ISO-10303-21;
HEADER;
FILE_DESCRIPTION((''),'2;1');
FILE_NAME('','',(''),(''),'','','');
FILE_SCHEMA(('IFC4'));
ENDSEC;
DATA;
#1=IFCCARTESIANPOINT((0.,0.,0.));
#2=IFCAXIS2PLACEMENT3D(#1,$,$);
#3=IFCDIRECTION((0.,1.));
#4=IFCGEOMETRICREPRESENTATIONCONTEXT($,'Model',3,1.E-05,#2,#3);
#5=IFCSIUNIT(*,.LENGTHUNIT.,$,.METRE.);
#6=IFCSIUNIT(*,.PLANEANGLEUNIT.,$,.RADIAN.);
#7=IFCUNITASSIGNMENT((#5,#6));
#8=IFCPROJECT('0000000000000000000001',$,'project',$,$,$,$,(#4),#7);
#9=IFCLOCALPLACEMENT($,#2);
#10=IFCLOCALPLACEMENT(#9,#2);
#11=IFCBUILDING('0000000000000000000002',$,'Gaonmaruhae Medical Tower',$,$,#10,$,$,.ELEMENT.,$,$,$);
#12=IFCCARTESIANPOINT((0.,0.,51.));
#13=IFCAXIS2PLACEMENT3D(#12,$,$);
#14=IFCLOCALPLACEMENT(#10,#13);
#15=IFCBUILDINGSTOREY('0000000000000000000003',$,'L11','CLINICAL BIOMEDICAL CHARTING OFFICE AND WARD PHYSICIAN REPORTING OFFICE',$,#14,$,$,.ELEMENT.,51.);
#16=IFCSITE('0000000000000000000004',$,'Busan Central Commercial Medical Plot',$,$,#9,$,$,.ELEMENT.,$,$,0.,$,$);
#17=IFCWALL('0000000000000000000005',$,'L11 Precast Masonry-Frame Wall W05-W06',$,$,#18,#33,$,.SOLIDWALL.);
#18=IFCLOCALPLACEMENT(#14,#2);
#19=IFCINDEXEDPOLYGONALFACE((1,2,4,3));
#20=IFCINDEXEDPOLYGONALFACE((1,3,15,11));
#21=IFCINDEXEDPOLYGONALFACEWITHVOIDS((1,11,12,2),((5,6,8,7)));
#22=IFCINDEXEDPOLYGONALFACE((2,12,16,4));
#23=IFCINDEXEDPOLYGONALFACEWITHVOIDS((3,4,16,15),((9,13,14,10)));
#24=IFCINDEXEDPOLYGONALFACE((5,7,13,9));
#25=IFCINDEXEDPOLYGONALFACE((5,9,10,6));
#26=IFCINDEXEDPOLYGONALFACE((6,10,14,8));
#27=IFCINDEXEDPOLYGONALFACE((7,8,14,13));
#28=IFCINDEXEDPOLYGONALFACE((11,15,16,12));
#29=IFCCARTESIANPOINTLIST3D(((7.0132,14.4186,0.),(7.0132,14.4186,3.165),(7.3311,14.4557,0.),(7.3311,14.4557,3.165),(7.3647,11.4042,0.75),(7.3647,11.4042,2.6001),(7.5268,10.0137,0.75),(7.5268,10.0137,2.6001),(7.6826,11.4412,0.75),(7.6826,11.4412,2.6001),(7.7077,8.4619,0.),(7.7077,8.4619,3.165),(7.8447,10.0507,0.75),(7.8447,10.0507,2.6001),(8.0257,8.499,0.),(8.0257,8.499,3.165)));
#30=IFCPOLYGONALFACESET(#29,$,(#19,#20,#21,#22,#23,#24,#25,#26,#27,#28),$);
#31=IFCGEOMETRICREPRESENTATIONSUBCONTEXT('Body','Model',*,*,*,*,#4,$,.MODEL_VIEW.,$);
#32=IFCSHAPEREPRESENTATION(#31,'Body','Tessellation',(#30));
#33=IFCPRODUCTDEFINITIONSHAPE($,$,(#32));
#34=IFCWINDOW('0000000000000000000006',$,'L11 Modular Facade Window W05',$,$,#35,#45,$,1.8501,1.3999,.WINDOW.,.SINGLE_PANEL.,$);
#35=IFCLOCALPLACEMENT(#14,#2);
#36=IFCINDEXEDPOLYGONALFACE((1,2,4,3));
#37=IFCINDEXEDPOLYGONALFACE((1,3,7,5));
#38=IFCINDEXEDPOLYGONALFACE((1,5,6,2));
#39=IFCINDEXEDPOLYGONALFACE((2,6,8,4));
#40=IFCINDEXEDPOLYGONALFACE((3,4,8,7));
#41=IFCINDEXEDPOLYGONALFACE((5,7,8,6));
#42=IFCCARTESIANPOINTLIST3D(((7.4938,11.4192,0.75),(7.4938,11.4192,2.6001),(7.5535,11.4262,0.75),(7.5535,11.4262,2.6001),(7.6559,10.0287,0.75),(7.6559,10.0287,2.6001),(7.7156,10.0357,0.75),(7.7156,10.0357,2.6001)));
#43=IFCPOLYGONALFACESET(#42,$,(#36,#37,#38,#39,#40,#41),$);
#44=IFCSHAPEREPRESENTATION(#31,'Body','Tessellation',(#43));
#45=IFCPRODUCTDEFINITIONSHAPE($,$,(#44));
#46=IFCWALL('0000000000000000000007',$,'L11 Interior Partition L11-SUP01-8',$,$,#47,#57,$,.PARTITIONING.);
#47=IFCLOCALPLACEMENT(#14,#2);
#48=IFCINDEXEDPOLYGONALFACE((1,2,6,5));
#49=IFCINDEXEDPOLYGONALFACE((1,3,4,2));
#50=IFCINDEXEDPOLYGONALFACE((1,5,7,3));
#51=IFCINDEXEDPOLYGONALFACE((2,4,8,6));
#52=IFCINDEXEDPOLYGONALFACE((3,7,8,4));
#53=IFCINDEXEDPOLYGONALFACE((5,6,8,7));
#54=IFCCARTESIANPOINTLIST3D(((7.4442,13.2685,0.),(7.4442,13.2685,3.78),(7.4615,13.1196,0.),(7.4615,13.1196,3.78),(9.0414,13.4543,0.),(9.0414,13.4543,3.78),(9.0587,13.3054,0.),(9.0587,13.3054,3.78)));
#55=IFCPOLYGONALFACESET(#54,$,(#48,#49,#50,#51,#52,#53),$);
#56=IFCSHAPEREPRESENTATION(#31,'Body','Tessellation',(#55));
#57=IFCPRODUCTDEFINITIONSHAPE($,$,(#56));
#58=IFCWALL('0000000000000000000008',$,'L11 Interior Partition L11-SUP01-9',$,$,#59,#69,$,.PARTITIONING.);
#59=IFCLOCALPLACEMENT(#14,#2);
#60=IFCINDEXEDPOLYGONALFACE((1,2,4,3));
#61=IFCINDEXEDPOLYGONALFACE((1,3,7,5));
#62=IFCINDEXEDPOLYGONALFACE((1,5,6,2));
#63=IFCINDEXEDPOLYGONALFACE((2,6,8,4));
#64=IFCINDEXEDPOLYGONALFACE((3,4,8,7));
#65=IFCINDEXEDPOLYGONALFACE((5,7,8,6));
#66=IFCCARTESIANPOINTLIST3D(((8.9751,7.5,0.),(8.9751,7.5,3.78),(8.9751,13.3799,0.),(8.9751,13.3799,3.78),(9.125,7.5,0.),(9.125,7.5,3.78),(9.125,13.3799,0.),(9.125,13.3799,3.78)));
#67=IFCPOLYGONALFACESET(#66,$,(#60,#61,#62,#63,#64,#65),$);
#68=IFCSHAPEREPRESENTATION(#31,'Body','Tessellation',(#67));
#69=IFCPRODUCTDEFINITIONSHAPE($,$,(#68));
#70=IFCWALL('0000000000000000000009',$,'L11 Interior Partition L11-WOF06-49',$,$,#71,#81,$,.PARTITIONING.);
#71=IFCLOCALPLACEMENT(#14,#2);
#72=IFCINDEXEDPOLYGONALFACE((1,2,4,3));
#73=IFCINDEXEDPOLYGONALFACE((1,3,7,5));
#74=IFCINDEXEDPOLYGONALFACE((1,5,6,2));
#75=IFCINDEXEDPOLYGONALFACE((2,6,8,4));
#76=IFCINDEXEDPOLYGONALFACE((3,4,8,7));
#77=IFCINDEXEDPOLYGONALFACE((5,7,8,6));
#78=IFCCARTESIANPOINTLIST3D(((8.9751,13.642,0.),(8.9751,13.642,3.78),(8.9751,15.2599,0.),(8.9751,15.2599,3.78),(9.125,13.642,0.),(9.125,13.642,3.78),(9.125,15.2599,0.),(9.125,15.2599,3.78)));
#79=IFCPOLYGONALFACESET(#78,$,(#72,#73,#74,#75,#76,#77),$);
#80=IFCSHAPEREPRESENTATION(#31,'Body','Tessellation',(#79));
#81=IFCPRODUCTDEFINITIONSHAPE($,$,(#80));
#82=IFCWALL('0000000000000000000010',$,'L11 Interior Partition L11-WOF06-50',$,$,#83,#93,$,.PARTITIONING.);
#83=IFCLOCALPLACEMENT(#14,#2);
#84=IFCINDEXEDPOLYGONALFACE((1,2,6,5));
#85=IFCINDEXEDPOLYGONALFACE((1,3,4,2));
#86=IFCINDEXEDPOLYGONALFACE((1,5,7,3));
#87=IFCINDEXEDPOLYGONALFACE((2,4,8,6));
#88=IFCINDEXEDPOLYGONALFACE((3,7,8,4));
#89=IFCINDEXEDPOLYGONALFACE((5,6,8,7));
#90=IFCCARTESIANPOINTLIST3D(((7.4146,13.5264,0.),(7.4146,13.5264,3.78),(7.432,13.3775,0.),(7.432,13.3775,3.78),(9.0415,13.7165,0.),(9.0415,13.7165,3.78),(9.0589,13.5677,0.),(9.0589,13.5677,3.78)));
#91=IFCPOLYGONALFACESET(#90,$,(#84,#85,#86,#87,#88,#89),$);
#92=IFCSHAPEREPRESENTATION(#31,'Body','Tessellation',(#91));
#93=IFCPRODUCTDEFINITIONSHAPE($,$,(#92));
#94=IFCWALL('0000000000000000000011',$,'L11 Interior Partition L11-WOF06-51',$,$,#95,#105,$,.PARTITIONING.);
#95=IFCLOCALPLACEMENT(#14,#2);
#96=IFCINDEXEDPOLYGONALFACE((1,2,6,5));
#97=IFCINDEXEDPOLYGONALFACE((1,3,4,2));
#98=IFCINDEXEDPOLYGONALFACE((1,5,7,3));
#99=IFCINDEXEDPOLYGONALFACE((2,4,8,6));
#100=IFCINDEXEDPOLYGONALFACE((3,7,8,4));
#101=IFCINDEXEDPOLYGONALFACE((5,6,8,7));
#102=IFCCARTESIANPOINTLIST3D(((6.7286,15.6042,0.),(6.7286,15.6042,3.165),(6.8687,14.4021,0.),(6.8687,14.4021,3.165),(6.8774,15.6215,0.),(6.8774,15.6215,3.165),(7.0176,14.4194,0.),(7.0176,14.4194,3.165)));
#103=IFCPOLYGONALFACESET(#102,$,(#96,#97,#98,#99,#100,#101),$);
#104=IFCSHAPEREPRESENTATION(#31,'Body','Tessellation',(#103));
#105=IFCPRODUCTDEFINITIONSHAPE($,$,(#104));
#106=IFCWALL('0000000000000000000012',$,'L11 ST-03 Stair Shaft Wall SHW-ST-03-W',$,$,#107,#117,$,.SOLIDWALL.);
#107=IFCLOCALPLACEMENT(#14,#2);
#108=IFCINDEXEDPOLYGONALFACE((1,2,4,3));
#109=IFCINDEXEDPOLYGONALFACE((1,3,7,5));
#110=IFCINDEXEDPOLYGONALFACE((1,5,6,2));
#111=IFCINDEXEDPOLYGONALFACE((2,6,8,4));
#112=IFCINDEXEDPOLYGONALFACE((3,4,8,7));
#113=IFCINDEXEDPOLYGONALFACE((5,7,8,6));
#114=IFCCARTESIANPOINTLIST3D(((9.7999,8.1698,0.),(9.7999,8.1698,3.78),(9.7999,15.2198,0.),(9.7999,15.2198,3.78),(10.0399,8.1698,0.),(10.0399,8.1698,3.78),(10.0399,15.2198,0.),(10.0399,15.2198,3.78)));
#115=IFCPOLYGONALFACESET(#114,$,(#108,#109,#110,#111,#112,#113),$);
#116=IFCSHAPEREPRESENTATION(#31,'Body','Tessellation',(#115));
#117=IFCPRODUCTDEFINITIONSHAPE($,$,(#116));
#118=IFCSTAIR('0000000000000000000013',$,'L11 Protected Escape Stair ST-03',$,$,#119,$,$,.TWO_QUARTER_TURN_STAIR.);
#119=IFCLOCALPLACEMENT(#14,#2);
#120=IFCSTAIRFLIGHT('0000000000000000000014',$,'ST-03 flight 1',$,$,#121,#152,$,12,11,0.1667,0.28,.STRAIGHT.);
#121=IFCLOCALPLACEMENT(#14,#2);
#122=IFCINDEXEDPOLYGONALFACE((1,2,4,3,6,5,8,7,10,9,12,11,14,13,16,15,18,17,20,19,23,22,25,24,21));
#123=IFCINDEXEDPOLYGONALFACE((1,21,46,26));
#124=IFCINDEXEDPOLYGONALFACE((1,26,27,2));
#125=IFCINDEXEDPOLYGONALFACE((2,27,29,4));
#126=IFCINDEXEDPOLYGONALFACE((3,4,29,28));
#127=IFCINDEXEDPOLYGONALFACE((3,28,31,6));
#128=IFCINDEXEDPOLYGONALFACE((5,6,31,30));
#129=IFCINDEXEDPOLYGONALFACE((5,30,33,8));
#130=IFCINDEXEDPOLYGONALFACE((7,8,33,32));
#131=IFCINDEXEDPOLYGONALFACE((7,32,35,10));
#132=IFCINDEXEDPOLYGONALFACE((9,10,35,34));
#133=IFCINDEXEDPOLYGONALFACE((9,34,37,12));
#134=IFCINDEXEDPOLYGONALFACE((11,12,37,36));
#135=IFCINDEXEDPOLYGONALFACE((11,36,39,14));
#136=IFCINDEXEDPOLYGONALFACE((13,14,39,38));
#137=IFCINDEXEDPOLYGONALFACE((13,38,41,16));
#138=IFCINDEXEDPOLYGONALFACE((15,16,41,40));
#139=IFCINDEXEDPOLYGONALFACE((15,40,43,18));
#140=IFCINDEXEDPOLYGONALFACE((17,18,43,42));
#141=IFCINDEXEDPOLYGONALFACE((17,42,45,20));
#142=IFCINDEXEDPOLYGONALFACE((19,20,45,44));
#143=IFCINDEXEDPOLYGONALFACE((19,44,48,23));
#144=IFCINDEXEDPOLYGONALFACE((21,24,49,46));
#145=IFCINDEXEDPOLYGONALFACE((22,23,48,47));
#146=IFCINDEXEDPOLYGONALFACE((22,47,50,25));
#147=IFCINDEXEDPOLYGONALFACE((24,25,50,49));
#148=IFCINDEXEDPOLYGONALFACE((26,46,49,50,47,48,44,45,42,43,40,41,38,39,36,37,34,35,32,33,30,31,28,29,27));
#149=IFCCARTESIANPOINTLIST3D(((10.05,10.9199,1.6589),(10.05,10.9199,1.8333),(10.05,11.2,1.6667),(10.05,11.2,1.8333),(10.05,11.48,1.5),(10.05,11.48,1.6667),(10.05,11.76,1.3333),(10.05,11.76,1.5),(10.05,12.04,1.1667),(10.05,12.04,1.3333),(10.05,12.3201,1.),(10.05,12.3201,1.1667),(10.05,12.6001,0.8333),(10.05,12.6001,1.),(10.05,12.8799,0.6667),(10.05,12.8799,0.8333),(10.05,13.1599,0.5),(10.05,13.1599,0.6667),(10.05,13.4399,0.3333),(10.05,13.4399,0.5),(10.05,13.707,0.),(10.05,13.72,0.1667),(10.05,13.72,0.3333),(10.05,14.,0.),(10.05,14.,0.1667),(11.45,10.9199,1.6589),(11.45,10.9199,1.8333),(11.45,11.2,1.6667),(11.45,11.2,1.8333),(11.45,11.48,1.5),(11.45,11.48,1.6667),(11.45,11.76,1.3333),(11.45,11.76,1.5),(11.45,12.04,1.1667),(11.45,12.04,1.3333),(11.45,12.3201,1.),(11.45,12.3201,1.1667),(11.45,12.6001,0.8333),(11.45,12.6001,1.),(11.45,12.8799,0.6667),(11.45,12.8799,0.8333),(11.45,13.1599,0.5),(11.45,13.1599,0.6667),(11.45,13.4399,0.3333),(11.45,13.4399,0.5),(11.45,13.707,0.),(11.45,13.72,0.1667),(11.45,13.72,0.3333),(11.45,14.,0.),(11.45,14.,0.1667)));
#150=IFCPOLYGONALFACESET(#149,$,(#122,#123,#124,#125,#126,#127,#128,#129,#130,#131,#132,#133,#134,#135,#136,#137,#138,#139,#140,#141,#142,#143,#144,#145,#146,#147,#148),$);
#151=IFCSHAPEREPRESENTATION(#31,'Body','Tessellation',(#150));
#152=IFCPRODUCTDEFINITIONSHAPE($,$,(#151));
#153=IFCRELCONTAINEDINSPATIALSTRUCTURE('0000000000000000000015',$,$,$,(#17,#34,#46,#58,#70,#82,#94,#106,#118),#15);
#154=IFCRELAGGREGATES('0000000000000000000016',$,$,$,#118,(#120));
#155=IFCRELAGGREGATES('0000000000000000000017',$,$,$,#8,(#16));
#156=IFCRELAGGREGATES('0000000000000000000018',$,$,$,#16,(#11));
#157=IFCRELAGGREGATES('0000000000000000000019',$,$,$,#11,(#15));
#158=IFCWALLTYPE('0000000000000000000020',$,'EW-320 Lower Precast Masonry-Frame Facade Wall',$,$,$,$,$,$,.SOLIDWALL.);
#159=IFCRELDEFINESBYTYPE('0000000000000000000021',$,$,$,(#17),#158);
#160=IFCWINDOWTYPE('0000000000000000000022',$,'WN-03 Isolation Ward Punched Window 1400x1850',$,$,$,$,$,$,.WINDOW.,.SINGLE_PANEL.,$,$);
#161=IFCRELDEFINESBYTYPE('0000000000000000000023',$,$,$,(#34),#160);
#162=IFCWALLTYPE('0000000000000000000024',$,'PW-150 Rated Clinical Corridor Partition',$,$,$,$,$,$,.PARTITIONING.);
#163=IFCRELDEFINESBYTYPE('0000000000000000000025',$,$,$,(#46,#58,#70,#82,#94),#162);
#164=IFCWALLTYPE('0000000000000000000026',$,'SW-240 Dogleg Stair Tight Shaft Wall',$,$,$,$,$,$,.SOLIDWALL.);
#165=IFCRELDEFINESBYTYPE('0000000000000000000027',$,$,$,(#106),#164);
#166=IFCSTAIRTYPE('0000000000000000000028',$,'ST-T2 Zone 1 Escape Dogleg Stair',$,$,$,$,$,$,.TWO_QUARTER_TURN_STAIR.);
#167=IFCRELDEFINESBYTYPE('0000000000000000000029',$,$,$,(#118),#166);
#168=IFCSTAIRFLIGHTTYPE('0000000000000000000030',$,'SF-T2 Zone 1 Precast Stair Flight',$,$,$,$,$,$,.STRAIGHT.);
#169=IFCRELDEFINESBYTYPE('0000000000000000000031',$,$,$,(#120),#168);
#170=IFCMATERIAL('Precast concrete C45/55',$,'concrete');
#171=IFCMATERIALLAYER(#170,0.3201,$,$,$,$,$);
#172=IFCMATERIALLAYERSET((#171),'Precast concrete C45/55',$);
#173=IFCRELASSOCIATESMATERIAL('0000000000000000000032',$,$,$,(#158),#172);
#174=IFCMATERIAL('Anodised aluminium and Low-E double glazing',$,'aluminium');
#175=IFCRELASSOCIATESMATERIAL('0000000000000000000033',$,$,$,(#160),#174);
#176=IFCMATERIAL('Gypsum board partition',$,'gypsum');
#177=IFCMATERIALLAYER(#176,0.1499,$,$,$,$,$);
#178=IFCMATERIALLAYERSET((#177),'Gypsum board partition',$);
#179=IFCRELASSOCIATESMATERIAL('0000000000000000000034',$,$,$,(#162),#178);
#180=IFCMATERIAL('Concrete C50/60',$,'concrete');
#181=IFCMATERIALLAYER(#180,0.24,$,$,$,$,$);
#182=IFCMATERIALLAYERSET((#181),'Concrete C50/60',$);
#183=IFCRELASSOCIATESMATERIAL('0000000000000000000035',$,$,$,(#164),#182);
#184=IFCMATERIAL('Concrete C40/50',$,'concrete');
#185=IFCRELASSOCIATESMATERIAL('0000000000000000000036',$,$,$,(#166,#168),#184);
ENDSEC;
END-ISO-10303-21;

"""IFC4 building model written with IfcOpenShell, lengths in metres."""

from ifc_helpers import new_model, si_unit, direction, frame, frame_2d, origin, place, context, subcontext, project, spatial, polyline, rectangle, outline, extrude, material, layer, layer_set, type_object, element, fill, aggregate, save


model = new_model("IFC4")

# Units and contexts
model_context = context("Model", 3, precision=1e-05, world=origin(), true_north=direction((0.0, 1.0)))
body_context = subcontext(model_context, "Body", "Model", "MODEL_VIEW")
ifc_project = project(units=[si_unit("LENGTHUNIT", "METRE"), si_unit("PLANEANGLEUNIT", "RADIAN")], contexts=[model_context])

# Site, building, storey
site_placement = place(None, origin())
site = spatial("IfcSite", under=ifc_project, at=site_placement, Name="Busan Central Commercial Medical Plot", CompositionType="ELEMENT", RefElevation=0.0)
building_placement = place(site_placement, origin())
building = spatial("IfcBuilding", under=site, at=building_placement, Name="Gaonmaruhae Medical Tower", CompositionType="ELEMENT")
storey_placement = place(building_placement, frame((0.0, 0.0, 51.0)))
storey = spatial("IfcBuildingStorey", under=building, at=storey_placement, Name="L11", Description="CLINICAL BIOMEDICAL CHARTING OFFICE AND WARD PHYSICIAN REPORTING OFFICE", CompositionType="ELEMENT", Elevation=51.0)

# Wall, opening, window
ifc_material_1 = material(Name="Precast concrete C45/55", Category="concrete")
ifc_layer_1 = layer(ifc_material_1, 0.3201)
ifc_layer_set_1 = layer_set([ifc_layer_1], Name="Precast concrete C45/55")
wall_type_1 = type_object("IfcWallType", Name="EW-320 Lower Precast Masonry-Frame Facade Wall", PredefinedType="SOLIDWALL", material=ifc_layer_set_1)
ifc_material_2 = material(Name="Anodised aluminium and Low-E double glazing", Category="aluminium")
wall_1_placement = place(storey_placement, frame((7.8667, 8.4805, 0.0), z_axis=(0.0, 0.0, 1.0), x_axis=(-0.115818, 0.99327, 0.0)))
wall_1 = element("IfcWall", 1, at=wall_1_placement, inside=storey, type_object=wall_type_1, Name="L11 Precast Masonry-Frame Wall W05-W06", PredefinedType="SOLIDWALL", context=body_context, shape_type="SweptSolid", body=[
    extrude(rectangle(XDim=5.9971, YDim=0.3201, at=frame_2d((2.9985, 0.0))), origin(), (0.0, 0.0, 1.0), 3.165),
])
opening_1_placement = place(wall_1_placement, frame((1.5623, 0.0, 0.75)))
opening_1 = element("IfcOpeningElement", 2, at=opening_1_placement, cuts=wall_1, PredefinedType="OPENING", context=body_context, shape_type="SweptSolid", body=[
    extrude(rectangle(XDim=1.3999, YDim=1.8501, at=frame_2d((0.7, 0.925))), frame((0.0, 0.1699, 0.0), z_axis=(0.0, -1.0, 0.0), x_axis=(1.0, 0.0, 0.0)), (0.0, 0.0, 1.0), 0.3401),
])
window_type_1 = type_object("IfcWindowType", Name="WN-03 Isolation Ward Punched Window 1400x1850", PartitioningType="SINGLE_PANEL", PredefinedType="WINDOW", material=ifc_material_2)
window_1_placement = place(opening_1_placement, origin())
window_1 = element("IfcWindow", 3, at=window_1_placement, inside=storey, type_object=window_type_1, Name="L11 Modular Facade Window W05", OverallHeight=1.8501, OverallWidth=1.3999, PartitioningType="SINGLE_PANEL", PredefinedType="WINDOW", context=body_context, shape_type="SweptSolid", body=[
    extrude(rectangle(XDim=1.3999, YDim=1.8501, at=frame_2d((0.7, 0.925))), frame((0.0, 0.03, 0.0), z_axis=(0.0, -1.0, 0.0), x_axis=(1.0, 0.0, 0.0)), (0.0, 0.0, 1.0), 0.0601),
])
fill(opening_1, window_1)

# Walls
ifc_material_3 = material(Name="Gypsum board partition", Category="gypsum")
ifc_layer_2 = layer(ifc_material_3, 0.1499)
ifc_layer_set_2 = layer_set([ifc_layer_2], Name="Gypsum board partition")
wall_type_2 = type_object("IfcWallType", Name="PW-150 Rated Clinical Corridor Partition", PredefinedType="PARTITIONING", material=ifc_layer_set_2)
wall_2_placement = place(storey_placement, frame((7.4529, 13.1941, 0.0), z_axis=(0.0, 0.0, 1.0), x_axis=(0.993302, 0.115546, 0.0)))
element("IfcWall", 4, at=wall_2_placement, inside=storey, type_object=wall_type_2, Name="L11 Interior Partition L11-SUP01-8", PredefinedType="PARTITIONING", context=body_context, shape_type="SweptSolid", body=[
    extrude(rectangle(XDim=1.6079, YDim=0.1499, at=frame_2d((0.804, 0.0))), origin(), (0.0, 0.0, 1.0), 3.78),
])
wall_3_placement = place(storey_placement, frame((9.05, 13.3799, 0.0), z_axis=(0.0, 0.0, 1.0), x_axis=(0.0, -1.0, 0.0)))
element("IfcWall", 5, at=wall_3_placement, inside=storey, type_object=wall_type_2, Name="L11 Interior Partition L11-SUP01-9", PredefinedType="PARTITIONING", context=body_context, shape_type="SweptSolid", body=[
    extrude(rectangle(XDim=5.8799, YDim=0.1499, at=frame_2d((2.9399, 0.0))), origin(), (0.0, 0.0, 1.0), 3.78),
])
wall_4_placement = place(storey_placement, frame((9.05, 15.26, 0.0), z_axis=(0.0, 0.0, 1.0), x_axis=(0.0, -1.0, 0.0)))
element("IfcWall", 6, at=wall_4_placement, inside=storey, type_object=wall_type_2, Name="L11 Interior Partition L11-WOF06-49", PredefinedType="PARTITIONING", context=body_context, shape_type="SweptSolid", body=[
    extrude(rectangle(XDim=1.6179, YDim=0.1499, at=frame_2d((0.8091, 0.0))), origin(), (0.0, 0.0, 1.0), 3.78),
])
wall_5_placement = place(storey_placement, frame((9.05, 13.6421, 0.0), z_axis=(0.0, 0.0, 1.0), x_axis=(-0.993237, -0.116106, 0.0)))
element("IfcWall", 7, at=wall_5_placement, inside=storey, type_object=wall_type_2, Name="L11 Interior Partition L11-WOF06-50", PredefinedType="PARTITIONING", context=body_context, shape_type="SweptSolid", body=[
    extrude(rectangle(XDim=1.6379, YDim=0.1499, at=frame_2d((0.8188, 0.0))), origin(), (0.0, 0.0, 1.0), 3.78),
])
wall_6_placement = place(storey_placement, frame((6.9431, 14.4109, 0.0), z_axis=(0.0, 0.0, 1.0), x_axis=(-0.115788, 0.993274, 0.0)))
element("IfcWall", 8, at=wall_6_placement, inside=storey, type_object=wall_type_2, Name="L11 Interior Partition L11-WOF06-51", PredefinedType="PARTITIONING", context=body_context, shape_type="SweptSolid", body=[
    extrude(rectangle(XDim=1.2102, YDim=0.1499, at=frame_2d((0.605, 0.0))), origin(), (0.0, 0.0, 1.0), 3.165),
])

# Shared definitions
ifc_material_4 = material(Name="Concrete C50/60", Category="concrete")
ifc_layer_3 = layer(ifc_material_4, 0.24)
ifc_layer_set_3 = layer_set([ifc_layer_3], Name="Concrete C50/60")
wall_type_3 = type_object("IfcWallType", Name="SW-240 Dogleg Stair Tight Shaft Wall", PredefinedType="SOLIDWALL", material=ifc_layer_set_3)

# Wall
wall_7_placement = place(storey_placement, frame((9.9199, 8.1699, 0.0), z_axis=(0.0, 0.0, 1.0), x_axis=(0.0, 1.0, 0.0)))
element("IfcWall", 9, at=wall_7_placement, inside=storey, type_object=wall_type_3, Name="L11 ST-03 Stair Shaft Wall SHW-ST-03-W", PredefinedType="SOLIDWALL", context=body_context, shape_type="SweptSolid", body=[
    extrude(rectangle(XDim=7.05, YDim=0.24, at=frame_2d((3.5249, 0.0))), origin(), (0.0, 0.0, 1.0), 3.78),
])

# Stair, stair flight
ifc_material_5 = material(Name="Concrete C40/50", Category="concrete")
stair_type = type_object("IfcStairType", Name="ST-T2 Zone 1 Escape Dogleg Stair", PredefinedType="TWO_QUARTER_TURN_STAIR", material=ifc_material_5)
stair_placement = place(storey_placement, origin())
stair = element("IfcStair", 10, at=stair_placement, inside=storey, type_object=stair_type, Name="L11 Protected Escape Stair ST-03", PredefinedType="TWO_QUARTER_TURN_STAIR")
stair_flight_type = type_object("IfcStairFlightType", Name="SF-T2 Zone 1 Precast Stair Flight", PredefinedType="STRAIGHT", material=ifc_material_5)
stair_flight_placement = place(storey_placement, frame((10.75, 14.0, 0.0), z_axis=(0.0, 0.0, 1.0), x_axis=(0.0, -1.0, 0.0)))
stair_flight = element("IfcStairFlight", 11, at=stair_flight_placement, type_object=stair_flight_type, Name="ST-03 flight 1", NumberOfRisers=12, NumberOfTreads=11, PredefinedType="STRAIGHT", RiserHeight=0.1667, TreadLength=0.28, context=body_context, shape_type="SweptSolid", body=[
    extrude(outline(polyline([(0.0, 0.0), (0.0, 0.1667), (0.28, 0.1667), (0.28, 0.3333), (0.5601, 0.3333), (0.5601, 0.5), (0.8401, 0.5), (0.8401, 0.6667), (1.1201, 0.6667), (1.1201, 0.8333), (1.3999, 0.8333), (1.3999, 1.0), (1.6799, 1.0), (1.6799, 1.1667), (1.96, 1.1667), (1.96, 1.3333), (2.24, 1.3333), (2.24, 1.5), (2.52, 1.5), (2.52, 1.6667), (2.8, 1.6667), (2.8, 1.8333), (3.0801, 1.8333), (3.0801, 2.0), (3.0801, 1.6589), (0.293, 0.0), (0.0, 0.0)])), frame((0.0, 0.7, 0.0), z_axis=(0.0, -1.0, 0.0), x_axis=(1.0, 0.0, 0.0)), (0.0, 0.0, 1.0), 1.3999),
])
aggregate(stair, [stair_flight])

save(model, "model.ifc")
